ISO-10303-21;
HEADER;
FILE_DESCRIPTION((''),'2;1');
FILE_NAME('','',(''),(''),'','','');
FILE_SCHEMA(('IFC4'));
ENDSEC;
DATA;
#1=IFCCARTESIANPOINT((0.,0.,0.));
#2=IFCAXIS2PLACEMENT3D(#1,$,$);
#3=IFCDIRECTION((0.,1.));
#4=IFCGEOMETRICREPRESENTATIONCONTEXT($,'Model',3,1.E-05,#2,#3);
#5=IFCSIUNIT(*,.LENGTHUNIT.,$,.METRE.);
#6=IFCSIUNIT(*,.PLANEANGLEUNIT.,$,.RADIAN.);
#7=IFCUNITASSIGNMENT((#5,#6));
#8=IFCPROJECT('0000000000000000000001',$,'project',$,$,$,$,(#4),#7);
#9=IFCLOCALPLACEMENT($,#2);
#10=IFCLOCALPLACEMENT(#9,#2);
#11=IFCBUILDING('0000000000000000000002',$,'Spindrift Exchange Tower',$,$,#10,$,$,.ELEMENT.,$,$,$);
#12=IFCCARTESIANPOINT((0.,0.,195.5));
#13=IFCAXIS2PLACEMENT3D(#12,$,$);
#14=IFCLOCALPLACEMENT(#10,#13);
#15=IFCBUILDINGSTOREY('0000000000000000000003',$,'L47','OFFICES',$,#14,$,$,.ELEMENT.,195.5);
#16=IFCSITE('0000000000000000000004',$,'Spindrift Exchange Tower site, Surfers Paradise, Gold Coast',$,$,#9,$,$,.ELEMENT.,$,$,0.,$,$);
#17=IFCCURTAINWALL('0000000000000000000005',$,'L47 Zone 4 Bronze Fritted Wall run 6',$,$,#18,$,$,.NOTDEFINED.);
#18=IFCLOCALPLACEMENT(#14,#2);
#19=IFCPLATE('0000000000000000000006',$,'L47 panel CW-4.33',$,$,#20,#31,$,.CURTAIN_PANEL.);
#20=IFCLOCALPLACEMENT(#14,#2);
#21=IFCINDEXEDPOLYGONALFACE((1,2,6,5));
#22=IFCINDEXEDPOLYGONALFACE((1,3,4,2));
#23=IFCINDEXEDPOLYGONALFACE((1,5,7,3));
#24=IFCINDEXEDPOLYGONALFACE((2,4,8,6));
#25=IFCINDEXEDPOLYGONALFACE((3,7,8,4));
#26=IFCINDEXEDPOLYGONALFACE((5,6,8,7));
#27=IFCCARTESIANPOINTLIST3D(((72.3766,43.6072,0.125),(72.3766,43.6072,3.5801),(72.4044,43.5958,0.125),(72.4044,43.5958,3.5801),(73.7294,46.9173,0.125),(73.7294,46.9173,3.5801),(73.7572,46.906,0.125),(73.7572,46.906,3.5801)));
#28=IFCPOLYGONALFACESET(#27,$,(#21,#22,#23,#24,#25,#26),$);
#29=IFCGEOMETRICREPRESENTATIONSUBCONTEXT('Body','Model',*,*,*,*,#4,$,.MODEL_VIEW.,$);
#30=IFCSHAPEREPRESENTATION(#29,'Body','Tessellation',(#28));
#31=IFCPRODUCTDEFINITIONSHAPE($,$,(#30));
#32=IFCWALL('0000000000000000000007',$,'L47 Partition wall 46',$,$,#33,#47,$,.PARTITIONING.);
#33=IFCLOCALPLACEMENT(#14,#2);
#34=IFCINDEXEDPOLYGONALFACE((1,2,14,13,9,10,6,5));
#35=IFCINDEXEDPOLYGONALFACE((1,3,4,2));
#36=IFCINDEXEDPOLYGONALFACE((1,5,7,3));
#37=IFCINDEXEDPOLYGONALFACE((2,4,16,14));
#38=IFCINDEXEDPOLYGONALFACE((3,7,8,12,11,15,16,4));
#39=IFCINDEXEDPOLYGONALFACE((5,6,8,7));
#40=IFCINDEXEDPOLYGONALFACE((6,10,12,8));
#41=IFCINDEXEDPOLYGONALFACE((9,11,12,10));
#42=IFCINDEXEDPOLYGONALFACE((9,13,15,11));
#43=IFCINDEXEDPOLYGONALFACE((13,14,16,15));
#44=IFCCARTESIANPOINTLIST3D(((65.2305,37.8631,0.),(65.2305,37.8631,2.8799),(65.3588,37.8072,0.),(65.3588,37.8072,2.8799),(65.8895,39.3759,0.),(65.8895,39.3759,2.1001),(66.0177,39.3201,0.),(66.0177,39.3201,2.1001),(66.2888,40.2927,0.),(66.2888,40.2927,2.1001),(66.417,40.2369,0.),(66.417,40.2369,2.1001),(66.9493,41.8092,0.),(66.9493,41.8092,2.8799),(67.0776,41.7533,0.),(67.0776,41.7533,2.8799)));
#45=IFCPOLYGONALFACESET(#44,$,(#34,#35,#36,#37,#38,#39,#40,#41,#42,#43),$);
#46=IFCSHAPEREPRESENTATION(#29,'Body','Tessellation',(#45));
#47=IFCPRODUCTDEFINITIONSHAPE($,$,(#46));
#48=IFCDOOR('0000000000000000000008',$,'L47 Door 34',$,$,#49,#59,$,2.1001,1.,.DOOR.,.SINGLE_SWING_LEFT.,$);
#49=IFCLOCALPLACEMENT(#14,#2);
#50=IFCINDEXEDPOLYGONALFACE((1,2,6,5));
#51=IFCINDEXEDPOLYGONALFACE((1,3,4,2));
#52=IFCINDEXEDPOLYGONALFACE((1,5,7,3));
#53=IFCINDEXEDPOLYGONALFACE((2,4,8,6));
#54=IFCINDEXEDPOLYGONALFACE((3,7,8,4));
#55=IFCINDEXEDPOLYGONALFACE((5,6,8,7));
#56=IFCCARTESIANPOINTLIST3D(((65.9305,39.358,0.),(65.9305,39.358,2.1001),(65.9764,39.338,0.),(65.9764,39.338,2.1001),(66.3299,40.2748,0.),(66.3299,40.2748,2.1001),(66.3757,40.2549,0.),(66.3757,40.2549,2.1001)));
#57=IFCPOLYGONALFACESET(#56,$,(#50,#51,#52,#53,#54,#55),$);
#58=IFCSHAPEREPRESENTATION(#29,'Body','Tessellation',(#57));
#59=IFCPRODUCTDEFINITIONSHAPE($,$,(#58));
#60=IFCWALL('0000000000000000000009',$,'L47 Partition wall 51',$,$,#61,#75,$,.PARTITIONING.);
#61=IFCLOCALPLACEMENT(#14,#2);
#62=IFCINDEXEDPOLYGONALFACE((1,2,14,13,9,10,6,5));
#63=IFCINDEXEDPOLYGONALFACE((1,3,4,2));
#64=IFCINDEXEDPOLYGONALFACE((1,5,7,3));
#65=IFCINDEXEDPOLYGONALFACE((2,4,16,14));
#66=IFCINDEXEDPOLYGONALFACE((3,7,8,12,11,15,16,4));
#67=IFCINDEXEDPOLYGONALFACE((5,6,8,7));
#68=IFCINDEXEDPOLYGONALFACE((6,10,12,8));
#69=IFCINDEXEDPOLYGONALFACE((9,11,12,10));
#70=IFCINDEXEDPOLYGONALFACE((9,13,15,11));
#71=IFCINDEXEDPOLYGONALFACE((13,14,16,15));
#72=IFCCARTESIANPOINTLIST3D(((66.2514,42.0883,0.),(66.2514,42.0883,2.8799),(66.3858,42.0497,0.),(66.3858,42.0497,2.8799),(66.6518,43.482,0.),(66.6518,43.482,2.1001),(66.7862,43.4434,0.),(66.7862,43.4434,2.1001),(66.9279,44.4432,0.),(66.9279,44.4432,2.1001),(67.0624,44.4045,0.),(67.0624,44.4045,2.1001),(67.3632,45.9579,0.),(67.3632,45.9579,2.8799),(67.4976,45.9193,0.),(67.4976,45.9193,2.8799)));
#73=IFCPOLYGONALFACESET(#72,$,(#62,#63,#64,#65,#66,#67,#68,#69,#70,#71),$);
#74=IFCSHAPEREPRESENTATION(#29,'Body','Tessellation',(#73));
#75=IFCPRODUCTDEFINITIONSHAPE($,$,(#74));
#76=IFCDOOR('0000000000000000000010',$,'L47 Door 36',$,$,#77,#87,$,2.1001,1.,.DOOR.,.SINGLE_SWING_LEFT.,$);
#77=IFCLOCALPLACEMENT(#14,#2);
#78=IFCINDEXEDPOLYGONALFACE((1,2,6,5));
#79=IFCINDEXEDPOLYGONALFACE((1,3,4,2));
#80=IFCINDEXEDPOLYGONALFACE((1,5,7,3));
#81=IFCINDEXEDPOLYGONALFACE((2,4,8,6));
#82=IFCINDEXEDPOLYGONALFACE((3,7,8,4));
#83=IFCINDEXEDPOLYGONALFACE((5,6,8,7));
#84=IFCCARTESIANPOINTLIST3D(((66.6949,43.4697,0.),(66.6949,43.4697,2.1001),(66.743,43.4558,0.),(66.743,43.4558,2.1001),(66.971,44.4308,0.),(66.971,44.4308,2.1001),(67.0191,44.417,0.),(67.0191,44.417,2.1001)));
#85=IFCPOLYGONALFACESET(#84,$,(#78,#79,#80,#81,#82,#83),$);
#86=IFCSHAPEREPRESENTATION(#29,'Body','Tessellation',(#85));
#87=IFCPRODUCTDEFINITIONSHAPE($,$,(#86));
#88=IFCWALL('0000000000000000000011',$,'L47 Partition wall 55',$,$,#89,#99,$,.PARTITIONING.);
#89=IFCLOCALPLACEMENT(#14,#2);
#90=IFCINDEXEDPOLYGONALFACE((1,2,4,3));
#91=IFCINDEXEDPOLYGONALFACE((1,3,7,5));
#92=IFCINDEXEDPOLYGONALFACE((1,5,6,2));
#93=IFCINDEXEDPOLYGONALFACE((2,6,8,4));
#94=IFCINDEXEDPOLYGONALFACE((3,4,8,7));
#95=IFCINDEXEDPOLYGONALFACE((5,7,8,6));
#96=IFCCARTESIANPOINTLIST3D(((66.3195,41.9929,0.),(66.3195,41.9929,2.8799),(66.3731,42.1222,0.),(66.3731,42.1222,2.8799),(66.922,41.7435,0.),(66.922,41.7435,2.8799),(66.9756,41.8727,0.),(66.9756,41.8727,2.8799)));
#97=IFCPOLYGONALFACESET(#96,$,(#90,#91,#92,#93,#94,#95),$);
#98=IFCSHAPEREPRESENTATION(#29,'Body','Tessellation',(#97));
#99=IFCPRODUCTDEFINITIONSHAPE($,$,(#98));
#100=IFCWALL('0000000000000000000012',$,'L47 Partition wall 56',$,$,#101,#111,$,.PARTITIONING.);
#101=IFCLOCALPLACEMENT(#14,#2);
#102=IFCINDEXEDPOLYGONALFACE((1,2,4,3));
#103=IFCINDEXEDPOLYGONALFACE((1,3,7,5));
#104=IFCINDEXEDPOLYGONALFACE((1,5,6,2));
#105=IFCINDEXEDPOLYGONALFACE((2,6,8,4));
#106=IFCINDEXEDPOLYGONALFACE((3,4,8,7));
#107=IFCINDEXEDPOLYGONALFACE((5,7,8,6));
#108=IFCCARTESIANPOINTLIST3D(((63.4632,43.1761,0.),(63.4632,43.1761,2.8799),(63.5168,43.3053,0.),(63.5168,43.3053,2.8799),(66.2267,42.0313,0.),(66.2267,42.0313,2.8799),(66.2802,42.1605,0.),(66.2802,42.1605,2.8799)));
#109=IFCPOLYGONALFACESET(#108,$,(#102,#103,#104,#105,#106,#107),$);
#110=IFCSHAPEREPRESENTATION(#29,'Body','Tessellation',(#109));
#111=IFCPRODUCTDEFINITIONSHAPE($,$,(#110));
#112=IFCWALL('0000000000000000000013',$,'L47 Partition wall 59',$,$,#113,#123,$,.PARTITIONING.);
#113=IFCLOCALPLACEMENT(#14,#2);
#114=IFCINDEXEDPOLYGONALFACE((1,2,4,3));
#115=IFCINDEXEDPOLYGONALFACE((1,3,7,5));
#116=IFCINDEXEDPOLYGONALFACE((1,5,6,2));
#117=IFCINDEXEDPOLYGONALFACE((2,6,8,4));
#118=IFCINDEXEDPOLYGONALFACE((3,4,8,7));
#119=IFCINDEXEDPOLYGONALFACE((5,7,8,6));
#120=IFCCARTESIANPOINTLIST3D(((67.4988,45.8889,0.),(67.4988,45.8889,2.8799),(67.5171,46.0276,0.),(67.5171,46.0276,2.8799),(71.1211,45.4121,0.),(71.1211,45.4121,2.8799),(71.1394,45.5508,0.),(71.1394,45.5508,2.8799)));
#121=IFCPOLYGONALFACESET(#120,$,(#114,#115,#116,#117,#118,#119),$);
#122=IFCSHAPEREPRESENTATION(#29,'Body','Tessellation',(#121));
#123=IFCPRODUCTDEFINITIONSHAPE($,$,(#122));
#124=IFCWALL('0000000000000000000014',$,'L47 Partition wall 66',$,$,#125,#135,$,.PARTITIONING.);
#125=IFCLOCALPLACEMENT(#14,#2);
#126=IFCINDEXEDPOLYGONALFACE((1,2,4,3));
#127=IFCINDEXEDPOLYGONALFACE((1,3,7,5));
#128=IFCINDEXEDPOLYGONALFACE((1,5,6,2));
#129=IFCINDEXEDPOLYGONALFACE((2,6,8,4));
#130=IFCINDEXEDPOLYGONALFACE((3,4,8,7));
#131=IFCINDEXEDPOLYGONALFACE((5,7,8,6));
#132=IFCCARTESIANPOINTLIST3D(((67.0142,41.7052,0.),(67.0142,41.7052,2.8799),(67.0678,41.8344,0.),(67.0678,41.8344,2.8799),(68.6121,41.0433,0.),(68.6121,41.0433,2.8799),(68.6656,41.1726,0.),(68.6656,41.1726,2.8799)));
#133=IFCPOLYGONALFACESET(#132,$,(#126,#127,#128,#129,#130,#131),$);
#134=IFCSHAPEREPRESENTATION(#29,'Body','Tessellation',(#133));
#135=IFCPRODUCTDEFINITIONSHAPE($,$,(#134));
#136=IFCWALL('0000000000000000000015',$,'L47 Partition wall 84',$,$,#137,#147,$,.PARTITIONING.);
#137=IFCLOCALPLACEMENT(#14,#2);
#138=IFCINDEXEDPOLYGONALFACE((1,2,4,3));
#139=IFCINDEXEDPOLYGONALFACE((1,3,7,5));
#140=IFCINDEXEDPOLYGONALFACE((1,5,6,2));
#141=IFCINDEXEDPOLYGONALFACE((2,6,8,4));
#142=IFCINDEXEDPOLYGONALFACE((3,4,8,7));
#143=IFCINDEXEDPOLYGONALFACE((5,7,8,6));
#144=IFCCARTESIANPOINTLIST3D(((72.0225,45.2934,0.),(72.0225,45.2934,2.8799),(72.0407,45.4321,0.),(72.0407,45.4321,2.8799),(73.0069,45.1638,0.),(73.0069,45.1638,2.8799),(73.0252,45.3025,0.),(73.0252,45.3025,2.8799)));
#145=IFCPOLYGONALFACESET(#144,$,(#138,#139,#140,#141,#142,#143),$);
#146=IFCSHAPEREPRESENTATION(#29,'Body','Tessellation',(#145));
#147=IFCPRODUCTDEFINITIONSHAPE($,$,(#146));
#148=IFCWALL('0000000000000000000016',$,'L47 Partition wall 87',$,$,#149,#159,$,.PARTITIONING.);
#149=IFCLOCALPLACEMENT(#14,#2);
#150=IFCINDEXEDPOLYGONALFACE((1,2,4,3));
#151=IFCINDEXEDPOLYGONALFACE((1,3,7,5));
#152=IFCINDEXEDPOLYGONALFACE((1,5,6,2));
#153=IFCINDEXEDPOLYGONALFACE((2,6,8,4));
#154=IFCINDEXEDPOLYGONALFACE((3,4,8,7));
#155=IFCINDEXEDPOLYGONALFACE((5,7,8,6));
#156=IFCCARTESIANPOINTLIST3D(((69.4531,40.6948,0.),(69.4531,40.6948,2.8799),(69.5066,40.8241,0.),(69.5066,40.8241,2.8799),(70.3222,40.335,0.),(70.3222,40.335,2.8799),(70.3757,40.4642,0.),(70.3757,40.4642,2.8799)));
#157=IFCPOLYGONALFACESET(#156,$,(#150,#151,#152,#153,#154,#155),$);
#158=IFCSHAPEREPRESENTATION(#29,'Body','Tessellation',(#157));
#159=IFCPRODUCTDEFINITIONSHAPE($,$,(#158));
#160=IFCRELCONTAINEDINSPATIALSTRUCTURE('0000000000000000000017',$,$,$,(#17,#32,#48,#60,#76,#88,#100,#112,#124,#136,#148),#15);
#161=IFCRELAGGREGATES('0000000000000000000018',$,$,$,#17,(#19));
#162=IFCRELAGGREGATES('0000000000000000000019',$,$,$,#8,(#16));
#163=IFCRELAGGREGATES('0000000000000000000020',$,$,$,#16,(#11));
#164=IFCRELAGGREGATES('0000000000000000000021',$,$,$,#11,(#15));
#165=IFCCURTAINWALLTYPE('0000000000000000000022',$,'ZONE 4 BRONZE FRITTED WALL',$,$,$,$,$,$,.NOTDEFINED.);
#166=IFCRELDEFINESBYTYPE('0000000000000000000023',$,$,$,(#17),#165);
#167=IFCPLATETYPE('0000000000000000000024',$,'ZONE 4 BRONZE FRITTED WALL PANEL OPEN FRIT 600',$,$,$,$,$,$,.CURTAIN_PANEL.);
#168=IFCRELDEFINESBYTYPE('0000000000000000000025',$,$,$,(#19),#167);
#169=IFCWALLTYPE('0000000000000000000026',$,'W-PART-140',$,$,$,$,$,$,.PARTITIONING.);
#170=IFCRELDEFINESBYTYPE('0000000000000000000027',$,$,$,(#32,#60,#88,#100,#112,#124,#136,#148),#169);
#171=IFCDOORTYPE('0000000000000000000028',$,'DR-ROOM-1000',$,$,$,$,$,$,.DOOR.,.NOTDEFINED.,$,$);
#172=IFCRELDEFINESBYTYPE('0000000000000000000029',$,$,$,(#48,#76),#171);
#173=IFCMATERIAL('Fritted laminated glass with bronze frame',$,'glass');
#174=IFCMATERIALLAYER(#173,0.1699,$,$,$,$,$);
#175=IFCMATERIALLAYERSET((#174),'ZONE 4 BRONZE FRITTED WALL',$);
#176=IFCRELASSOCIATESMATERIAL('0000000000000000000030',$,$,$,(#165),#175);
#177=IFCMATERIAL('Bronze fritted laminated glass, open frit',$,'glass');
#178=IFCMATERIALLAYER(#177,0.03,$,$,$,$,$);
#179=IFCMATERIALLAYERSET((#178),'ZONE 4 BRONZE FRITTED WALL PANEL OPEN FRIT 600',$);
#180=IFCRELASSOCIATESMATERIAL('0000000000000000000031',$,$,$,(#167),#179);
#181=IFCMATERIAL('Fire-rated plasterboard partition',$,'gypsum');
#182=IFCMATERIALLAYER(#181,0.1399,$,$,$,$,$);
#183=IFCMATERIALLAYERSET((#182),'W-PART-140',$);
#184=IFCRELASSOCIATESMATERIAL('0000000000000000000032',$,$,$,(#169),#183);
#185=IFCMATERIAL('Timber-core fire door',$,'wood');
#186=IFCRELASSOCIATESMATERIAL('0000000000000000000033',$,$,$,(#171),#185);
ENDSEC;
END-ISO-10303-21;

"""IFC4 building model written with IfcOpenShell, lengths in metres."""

from ifc_helpers import new_model, si_unit, direction, frame, frame_2d, origin, origin_2d, place, context, subcontext, project, spatial, rectangle, extrude, source, transform, mapped, material, layer, layer_set, type_object, element, fill, aggregate, save


model = new_model("IFC4")

# Units and contexts
model_context = context("Model", 3, precision=1e-05, world=origin(), true_north=direction((0.0, 1.0)))
body_context = subcontext(model_context, "Body", "Model", "MODEL_VIEW")
ifc_project = project(units=[si_unit("LENGTHUNIT", "METRE"), si_unit("PLANEANGLEUNIT", "RADIAN")], contexts=[model_context])

# Site, building, storey
site_placement = place(None, origin())
site = spatial("IfcSite", under=ifc_project, at=site_placement, Name="Spindrift Exchange Tower site, Surfers Paradise, Gold Coast", CompositionType="ELEMENT", RefElevation=0.0)
building_placement = place(site_placement, origin())
building = spatial("IfcBuilding", under=site, at=building_placement, Name="Spindrift Exchange Tower", CompositionType="ELEMENT")
storey_placement = place(building_placement, frame((0.0, 0.0, 195.5)))
storey = spatial("IfcBuildingStorey", under=building, at=storey_placement, Name="L47", Description="OFFICES", CompositionType="ELEMENT", Elevation=195.5)

# Curtain wall, plate
ifc_material_1 = material(Name="Fritted laminated glass with bronze frame", Category="glass")
ifc_layer_1 = layer(ifc_material_1, 0.1699)
ifc_layer_set_1 = layer_set([ifc_layer_1], Name="ZONE 4 BRONZE FRITTED WALL")
curtain_wall_type = type_object("IfcCurtainWallType", Name="ZONE 4 BRONZE FRITTED WALL", PredefinedType="NOTDEFINED", material=ifc_layer_set_1)
curtain_wall_placement = place(storey_placement, origin())
curtain_wall = element("IfcCurtainWall", 1, at=curtain_wall_placement, inside=storey, type_object=curtain_wall_type, Name="L47 Zone 4 Bronze Fritted Wall run 6", PredefinedType="NOTDEFINED")
ifc_material_2 = material(Name="Bronze fritted laminated glass, open frit", Category="glass")
ifc_layer_2 = layer(ifc_material_2, 0.03)
ifc_layer_set_2 = layer_set([ifc_layer_2], Name="ZONE 4 BRONZE FRITTED WALL PANEL OPEN FRIT 600")
plate_type_1 = type_object("IfcPlateType", Name="ZONE 4 BRONZE FRITTED WALL PANEL OPEN FRIT 600", PredefinedType="CURTAIN_PANEL", material=ifc_layer_set_2)
shared_shape_1 = source(origin(), body_context, "Body", "SweptSolid", [
    extrude(rectangle(XDim=3.5759, YDim=0.03, at=origin_2d()), origin(), (0.0, 0.0, 1.0), 3.4551),
])
plate_1_placement = place(storey_placement, frame((73.0669, 45.2566, 0.125), z_axis=(0.0, 0.0, 1.0), x_axis=(0.378327, 0.925672, 0.0)))
plate_1 = element("IfcPlate", 2, at=plate_1_placement, type_object=plate_type_1, Name="L47 panel CW-4.33", PredefinedType="CURTAIN_PANEL", context=body_context, shape_type="MappedRepresentation", body=[
    mapped(shared_shape_1, transform((0.0, 0.0, 0.0), scale=1.0)),
])
aggregate(curtain_wall, [plate_1])

# Walls, openings, doors
ifc_material_3 = material(Name="Fire-rated plasterboard partition", Category="gypsum")
ifc_layer_3 = layer(ifc_material_3, 0.1399)
ifc_layer_set_3 = layer_set([ifc_layer_3], Name="W-PART-140")
wall_type = type_object("IfcWallType", Name="W-PART-140", PredefinedType="PARTITIONING", material=ifc_layer_set_3)
wall_1_placement = place(storey_placement, frame((67.0134, 41.7812, 0.0), z_axis=(0.0, 0.0, 1.0), x_axis=(-0.399328, -0.916808, 0.0)))
wall_1 = element("IfcWall", 3, at=wall_1_placement, inside=storey, type_object=wall_type, Name="L47 Partition wall 46", PredefinedType="PARTITIONING", context=body_context, shape_type="SweptSolid", body=[
    extrude(rectangle(XDim=4.3042, YDim=0.1399, at=frame_2d((2.1521, 0.0))), origin(), (0.0, 0.0, 1.0), 2.8799),
])
opening_1_placement = place(wall_1_placement, frame((1.6541, 0.0, 0.0)))
opening_1 = element("IfcOpeningElement", 4, at=opening_1_placement, cuts=wall_1, PredefinedType="OPENING", context=body_context, shape_type="SweptSolid", body=[
    extrude(rectangle(XDim=1.0, YDim=2.1001, at=frame_2d((0.5, 1.05))), frame((0.0, 0.0798, 0.0), z_axis=(0.0, -1.0, 0.0), x_axis=(1.0, 0.0, 0.0)), (0.0, 0.0, 1.0), 0.1599),
])
ifc_material_4 = material(Name="Timber-core fire door", Category="wood")
door_type = type_object("IfcDoorType", Name="DR-ROOM-1000", OperationType="NOTDEFINED", PredefinedType="DOOR", material=ifc_material_4)
shared_shape_2 = source(origin(), body_context, "Body", "SweptSolid", [
    extrude(rectangle(XDim=1.0, YDim=2.1001, at=frame_2d((0.5, 1.05))), frame((0.0, 0.0249, 0.0), z_axis=(0.0, -1.0, 0.0), x_axis=(1.0, 0.0, 0.0)), (0.0, 0.0, 1.0), 0.05),
])
door_1_placement = place(opening_1_placement, origin())
door_1 = element("IfcDoor", 5, at=door_1_placement, inside=storey, type_object=door_type, Name="L47 Door 34", OperationType="SINGLE_SWING_LEFT", OverallHeight=2.1001, OverallWidth=1.0, PredefinedType="DOOR", context=body_context, shape_type="MappedRepresentation", body=[
    mapped(shared_shape_2, transform((0.0, 0.0, 0.0), scale=1.0)),
])
fill(opening_1, door_1)
wall_2_placement = place(storey_placement, frame((67.4304, 45.9387, 0.0), z_axis=(0.0, 0.0, 1.0), x_axis=(-0.276146, -0.961116, 0.0)))
wall_2 = element("IfcWall", 6, at=wall_2_placement, inside=storey, type_object=wall_type, Name="L47 Partition wall 51", PredefinedType="PARTITIONING", context=body_context, shape_type="SweptSolid", body=[
    extrude(rectangle(XDim=4.0261, YDim=0.1399, at=frame_2d((2.0132, 0.0))), origin(), (0.0, 0.0, 1.0), 2.8799),
])
opening_2_placement = place(wall_2_placement, frame((1.5762, 0.0, 0.0)))
opening_2 = element("IfcOpeningElement", 7, at=opening_2_placement, cuts=wall_2, PredefinedType="OPENING", context=body_context, shape_type="SweptSolid", body=[
    extrude(rectangle(XDim=1.0, YDim=2.1001, at=frame_2d((0.5, 1.05))), frame((0.0, 0.0798, 0.0), z_axis=(0.0, -1.0, 0.0), x_axis=(1.0, 0.0, 0.0)), (0.0, 0.0, 1.0), 0.1599),
])
door_2_placement = place(opening_2_placement, origin())
door_2 = element("IfcDoor", 8, at=door_2_placement, inside=storey, type_object=door_type, Name="L47 Door 36", OperationType="SINGLE_SWING_LEFT", OverallHeight=2.1001, OverallWidth=1.0, PredefinedType="DOOR", context=body_context, shape_type="MappedRepresentation", body=[
    mapped(shared_shape_2, transform((0.0, 0.0, 0.0), scale=1.0)),
])
fill(opening_2, door_2)

# Walls
wall_3_placement = place(storey_placement, frame((66.3462, 42.0576, 0.0), z_axis=(0.0, 0.0, 1.0), x_axis=(0.923916, -0.382594, 0.0)))
element("IfcWall", 9, at=wall_3_placement, inside=storey, type_object=wall_type, Name="L47 Partition wall 55", PredefinedType="PARTITIONING", context=body_context, shape_type="SweptSolid", body=[
    extrude(rectangle(XDim=0.6521, YDim=0.1399, at=frame_2d((0.3262, 0.0))), origin(), (0.0, 0.0, 1.0), 2.8799),
])
wall_4_placement = place(storey_placement, frame((63.49, 43.2407, 0.0), z_axis=(0.0, 0.0, 1.0), x_axis=(0.923865, -0.382719, 0.0)))
element("IfcWall", 10, at=wall_4_placement, inside=storey, type_object=wall_type, Name="L47 Partition wall 56", PredefinedType="PARTITIONING", context=body_context, shape_type="SweptSolid", body=[
    extrude(rectangle(XDim=2.9912, YDim=0.1399, at=frame_2d((1.4956, 0.0))), origin(), (0.0, 0.0, 1.0), 2.8799),
])
wall_5_placement = place(storey_placement, frame((67.5081, 45.9583, 0.0), z_axis=(0.0, 0.0, 1.0), x_axis=(0.991448, -0.130505, 0.0)))
element("IfcWall", 11, at=wall_5_placement, inside=storey, type_object=wall_type, Name="L47 Partition wall 59", PredefinedType="PARTITIONING", context=body_context, shape_type="SweptSolid", body=[
    extrude(rectangle(XDim=3.6536, YDim=0.1399, at=frame_2d((1.8267, 0.0))), origin(), (0.0, 0.0, 1.0), 2.8799),
])
wall_6_placement = place(storey_placement, frame((67.041, 41.7698, 0.0), z_axis=(0.0, 0.0, 1.0), x_axis=(0.923881, -0.38268, 0.0)))
element("IfcWall", 12, at=wall_6_placement, inside=storey, type_object=wall_type, Name="L47 Partition wall 66", PredefinedType="PARTITIONING", context=body_context, shape_type="SweptSolid", body=[
    extrude(rectangle(XDim=1.7295, YDim=0.1399, at=frame_2d((0.8647, 0.0))), origin(), (0.0, 0.0, 1.0), 2.8799),
])
wall_7_placement = place(storey_placement, frame((72.0315, 45.3628, 0.0), z_axis=(0.0, 0.0, 1.0), x_axis=(0.991439, -0.130569, 0.0)))
element("IfcWall", 13, at=wall_7_placement, inside=storey, type_object=wall_type, Name="L47 Partition wall 84", PredefinedType="PARTITIONING", context=body_context, shape_type="SweptSolid", body=[
    extrude(rectangle(XDim=0.9929, YDim=0.1399, at=frame_2d((0.4966, 0.0))), origin(), (0.0, 0.0, 1.0), 2.8799),
])
wall_8_placement = place(storey_placement, frame((70.3489, 40.3997, 0.0), z_axis=(0.0, 0.0, 1.0), x_axis=(-0.923935, 0.38255, 0.0)))
element("IfcWall", 14, at=wall_8_placement, inside=storey, type_object=wall_type, Name="L47 Partition wall 87", PredefinedType="PARTITIONING", context=body_context, shape_type="SweptSolid", body=[
    extrude(rectangle(XDim=0.9407, YDim=0.1399, at=frame_2d((0.4702, 0.0))), origin(), (0.0, 0.0, 1.0), 2.8799),
])

save(model, "model.ifc")
